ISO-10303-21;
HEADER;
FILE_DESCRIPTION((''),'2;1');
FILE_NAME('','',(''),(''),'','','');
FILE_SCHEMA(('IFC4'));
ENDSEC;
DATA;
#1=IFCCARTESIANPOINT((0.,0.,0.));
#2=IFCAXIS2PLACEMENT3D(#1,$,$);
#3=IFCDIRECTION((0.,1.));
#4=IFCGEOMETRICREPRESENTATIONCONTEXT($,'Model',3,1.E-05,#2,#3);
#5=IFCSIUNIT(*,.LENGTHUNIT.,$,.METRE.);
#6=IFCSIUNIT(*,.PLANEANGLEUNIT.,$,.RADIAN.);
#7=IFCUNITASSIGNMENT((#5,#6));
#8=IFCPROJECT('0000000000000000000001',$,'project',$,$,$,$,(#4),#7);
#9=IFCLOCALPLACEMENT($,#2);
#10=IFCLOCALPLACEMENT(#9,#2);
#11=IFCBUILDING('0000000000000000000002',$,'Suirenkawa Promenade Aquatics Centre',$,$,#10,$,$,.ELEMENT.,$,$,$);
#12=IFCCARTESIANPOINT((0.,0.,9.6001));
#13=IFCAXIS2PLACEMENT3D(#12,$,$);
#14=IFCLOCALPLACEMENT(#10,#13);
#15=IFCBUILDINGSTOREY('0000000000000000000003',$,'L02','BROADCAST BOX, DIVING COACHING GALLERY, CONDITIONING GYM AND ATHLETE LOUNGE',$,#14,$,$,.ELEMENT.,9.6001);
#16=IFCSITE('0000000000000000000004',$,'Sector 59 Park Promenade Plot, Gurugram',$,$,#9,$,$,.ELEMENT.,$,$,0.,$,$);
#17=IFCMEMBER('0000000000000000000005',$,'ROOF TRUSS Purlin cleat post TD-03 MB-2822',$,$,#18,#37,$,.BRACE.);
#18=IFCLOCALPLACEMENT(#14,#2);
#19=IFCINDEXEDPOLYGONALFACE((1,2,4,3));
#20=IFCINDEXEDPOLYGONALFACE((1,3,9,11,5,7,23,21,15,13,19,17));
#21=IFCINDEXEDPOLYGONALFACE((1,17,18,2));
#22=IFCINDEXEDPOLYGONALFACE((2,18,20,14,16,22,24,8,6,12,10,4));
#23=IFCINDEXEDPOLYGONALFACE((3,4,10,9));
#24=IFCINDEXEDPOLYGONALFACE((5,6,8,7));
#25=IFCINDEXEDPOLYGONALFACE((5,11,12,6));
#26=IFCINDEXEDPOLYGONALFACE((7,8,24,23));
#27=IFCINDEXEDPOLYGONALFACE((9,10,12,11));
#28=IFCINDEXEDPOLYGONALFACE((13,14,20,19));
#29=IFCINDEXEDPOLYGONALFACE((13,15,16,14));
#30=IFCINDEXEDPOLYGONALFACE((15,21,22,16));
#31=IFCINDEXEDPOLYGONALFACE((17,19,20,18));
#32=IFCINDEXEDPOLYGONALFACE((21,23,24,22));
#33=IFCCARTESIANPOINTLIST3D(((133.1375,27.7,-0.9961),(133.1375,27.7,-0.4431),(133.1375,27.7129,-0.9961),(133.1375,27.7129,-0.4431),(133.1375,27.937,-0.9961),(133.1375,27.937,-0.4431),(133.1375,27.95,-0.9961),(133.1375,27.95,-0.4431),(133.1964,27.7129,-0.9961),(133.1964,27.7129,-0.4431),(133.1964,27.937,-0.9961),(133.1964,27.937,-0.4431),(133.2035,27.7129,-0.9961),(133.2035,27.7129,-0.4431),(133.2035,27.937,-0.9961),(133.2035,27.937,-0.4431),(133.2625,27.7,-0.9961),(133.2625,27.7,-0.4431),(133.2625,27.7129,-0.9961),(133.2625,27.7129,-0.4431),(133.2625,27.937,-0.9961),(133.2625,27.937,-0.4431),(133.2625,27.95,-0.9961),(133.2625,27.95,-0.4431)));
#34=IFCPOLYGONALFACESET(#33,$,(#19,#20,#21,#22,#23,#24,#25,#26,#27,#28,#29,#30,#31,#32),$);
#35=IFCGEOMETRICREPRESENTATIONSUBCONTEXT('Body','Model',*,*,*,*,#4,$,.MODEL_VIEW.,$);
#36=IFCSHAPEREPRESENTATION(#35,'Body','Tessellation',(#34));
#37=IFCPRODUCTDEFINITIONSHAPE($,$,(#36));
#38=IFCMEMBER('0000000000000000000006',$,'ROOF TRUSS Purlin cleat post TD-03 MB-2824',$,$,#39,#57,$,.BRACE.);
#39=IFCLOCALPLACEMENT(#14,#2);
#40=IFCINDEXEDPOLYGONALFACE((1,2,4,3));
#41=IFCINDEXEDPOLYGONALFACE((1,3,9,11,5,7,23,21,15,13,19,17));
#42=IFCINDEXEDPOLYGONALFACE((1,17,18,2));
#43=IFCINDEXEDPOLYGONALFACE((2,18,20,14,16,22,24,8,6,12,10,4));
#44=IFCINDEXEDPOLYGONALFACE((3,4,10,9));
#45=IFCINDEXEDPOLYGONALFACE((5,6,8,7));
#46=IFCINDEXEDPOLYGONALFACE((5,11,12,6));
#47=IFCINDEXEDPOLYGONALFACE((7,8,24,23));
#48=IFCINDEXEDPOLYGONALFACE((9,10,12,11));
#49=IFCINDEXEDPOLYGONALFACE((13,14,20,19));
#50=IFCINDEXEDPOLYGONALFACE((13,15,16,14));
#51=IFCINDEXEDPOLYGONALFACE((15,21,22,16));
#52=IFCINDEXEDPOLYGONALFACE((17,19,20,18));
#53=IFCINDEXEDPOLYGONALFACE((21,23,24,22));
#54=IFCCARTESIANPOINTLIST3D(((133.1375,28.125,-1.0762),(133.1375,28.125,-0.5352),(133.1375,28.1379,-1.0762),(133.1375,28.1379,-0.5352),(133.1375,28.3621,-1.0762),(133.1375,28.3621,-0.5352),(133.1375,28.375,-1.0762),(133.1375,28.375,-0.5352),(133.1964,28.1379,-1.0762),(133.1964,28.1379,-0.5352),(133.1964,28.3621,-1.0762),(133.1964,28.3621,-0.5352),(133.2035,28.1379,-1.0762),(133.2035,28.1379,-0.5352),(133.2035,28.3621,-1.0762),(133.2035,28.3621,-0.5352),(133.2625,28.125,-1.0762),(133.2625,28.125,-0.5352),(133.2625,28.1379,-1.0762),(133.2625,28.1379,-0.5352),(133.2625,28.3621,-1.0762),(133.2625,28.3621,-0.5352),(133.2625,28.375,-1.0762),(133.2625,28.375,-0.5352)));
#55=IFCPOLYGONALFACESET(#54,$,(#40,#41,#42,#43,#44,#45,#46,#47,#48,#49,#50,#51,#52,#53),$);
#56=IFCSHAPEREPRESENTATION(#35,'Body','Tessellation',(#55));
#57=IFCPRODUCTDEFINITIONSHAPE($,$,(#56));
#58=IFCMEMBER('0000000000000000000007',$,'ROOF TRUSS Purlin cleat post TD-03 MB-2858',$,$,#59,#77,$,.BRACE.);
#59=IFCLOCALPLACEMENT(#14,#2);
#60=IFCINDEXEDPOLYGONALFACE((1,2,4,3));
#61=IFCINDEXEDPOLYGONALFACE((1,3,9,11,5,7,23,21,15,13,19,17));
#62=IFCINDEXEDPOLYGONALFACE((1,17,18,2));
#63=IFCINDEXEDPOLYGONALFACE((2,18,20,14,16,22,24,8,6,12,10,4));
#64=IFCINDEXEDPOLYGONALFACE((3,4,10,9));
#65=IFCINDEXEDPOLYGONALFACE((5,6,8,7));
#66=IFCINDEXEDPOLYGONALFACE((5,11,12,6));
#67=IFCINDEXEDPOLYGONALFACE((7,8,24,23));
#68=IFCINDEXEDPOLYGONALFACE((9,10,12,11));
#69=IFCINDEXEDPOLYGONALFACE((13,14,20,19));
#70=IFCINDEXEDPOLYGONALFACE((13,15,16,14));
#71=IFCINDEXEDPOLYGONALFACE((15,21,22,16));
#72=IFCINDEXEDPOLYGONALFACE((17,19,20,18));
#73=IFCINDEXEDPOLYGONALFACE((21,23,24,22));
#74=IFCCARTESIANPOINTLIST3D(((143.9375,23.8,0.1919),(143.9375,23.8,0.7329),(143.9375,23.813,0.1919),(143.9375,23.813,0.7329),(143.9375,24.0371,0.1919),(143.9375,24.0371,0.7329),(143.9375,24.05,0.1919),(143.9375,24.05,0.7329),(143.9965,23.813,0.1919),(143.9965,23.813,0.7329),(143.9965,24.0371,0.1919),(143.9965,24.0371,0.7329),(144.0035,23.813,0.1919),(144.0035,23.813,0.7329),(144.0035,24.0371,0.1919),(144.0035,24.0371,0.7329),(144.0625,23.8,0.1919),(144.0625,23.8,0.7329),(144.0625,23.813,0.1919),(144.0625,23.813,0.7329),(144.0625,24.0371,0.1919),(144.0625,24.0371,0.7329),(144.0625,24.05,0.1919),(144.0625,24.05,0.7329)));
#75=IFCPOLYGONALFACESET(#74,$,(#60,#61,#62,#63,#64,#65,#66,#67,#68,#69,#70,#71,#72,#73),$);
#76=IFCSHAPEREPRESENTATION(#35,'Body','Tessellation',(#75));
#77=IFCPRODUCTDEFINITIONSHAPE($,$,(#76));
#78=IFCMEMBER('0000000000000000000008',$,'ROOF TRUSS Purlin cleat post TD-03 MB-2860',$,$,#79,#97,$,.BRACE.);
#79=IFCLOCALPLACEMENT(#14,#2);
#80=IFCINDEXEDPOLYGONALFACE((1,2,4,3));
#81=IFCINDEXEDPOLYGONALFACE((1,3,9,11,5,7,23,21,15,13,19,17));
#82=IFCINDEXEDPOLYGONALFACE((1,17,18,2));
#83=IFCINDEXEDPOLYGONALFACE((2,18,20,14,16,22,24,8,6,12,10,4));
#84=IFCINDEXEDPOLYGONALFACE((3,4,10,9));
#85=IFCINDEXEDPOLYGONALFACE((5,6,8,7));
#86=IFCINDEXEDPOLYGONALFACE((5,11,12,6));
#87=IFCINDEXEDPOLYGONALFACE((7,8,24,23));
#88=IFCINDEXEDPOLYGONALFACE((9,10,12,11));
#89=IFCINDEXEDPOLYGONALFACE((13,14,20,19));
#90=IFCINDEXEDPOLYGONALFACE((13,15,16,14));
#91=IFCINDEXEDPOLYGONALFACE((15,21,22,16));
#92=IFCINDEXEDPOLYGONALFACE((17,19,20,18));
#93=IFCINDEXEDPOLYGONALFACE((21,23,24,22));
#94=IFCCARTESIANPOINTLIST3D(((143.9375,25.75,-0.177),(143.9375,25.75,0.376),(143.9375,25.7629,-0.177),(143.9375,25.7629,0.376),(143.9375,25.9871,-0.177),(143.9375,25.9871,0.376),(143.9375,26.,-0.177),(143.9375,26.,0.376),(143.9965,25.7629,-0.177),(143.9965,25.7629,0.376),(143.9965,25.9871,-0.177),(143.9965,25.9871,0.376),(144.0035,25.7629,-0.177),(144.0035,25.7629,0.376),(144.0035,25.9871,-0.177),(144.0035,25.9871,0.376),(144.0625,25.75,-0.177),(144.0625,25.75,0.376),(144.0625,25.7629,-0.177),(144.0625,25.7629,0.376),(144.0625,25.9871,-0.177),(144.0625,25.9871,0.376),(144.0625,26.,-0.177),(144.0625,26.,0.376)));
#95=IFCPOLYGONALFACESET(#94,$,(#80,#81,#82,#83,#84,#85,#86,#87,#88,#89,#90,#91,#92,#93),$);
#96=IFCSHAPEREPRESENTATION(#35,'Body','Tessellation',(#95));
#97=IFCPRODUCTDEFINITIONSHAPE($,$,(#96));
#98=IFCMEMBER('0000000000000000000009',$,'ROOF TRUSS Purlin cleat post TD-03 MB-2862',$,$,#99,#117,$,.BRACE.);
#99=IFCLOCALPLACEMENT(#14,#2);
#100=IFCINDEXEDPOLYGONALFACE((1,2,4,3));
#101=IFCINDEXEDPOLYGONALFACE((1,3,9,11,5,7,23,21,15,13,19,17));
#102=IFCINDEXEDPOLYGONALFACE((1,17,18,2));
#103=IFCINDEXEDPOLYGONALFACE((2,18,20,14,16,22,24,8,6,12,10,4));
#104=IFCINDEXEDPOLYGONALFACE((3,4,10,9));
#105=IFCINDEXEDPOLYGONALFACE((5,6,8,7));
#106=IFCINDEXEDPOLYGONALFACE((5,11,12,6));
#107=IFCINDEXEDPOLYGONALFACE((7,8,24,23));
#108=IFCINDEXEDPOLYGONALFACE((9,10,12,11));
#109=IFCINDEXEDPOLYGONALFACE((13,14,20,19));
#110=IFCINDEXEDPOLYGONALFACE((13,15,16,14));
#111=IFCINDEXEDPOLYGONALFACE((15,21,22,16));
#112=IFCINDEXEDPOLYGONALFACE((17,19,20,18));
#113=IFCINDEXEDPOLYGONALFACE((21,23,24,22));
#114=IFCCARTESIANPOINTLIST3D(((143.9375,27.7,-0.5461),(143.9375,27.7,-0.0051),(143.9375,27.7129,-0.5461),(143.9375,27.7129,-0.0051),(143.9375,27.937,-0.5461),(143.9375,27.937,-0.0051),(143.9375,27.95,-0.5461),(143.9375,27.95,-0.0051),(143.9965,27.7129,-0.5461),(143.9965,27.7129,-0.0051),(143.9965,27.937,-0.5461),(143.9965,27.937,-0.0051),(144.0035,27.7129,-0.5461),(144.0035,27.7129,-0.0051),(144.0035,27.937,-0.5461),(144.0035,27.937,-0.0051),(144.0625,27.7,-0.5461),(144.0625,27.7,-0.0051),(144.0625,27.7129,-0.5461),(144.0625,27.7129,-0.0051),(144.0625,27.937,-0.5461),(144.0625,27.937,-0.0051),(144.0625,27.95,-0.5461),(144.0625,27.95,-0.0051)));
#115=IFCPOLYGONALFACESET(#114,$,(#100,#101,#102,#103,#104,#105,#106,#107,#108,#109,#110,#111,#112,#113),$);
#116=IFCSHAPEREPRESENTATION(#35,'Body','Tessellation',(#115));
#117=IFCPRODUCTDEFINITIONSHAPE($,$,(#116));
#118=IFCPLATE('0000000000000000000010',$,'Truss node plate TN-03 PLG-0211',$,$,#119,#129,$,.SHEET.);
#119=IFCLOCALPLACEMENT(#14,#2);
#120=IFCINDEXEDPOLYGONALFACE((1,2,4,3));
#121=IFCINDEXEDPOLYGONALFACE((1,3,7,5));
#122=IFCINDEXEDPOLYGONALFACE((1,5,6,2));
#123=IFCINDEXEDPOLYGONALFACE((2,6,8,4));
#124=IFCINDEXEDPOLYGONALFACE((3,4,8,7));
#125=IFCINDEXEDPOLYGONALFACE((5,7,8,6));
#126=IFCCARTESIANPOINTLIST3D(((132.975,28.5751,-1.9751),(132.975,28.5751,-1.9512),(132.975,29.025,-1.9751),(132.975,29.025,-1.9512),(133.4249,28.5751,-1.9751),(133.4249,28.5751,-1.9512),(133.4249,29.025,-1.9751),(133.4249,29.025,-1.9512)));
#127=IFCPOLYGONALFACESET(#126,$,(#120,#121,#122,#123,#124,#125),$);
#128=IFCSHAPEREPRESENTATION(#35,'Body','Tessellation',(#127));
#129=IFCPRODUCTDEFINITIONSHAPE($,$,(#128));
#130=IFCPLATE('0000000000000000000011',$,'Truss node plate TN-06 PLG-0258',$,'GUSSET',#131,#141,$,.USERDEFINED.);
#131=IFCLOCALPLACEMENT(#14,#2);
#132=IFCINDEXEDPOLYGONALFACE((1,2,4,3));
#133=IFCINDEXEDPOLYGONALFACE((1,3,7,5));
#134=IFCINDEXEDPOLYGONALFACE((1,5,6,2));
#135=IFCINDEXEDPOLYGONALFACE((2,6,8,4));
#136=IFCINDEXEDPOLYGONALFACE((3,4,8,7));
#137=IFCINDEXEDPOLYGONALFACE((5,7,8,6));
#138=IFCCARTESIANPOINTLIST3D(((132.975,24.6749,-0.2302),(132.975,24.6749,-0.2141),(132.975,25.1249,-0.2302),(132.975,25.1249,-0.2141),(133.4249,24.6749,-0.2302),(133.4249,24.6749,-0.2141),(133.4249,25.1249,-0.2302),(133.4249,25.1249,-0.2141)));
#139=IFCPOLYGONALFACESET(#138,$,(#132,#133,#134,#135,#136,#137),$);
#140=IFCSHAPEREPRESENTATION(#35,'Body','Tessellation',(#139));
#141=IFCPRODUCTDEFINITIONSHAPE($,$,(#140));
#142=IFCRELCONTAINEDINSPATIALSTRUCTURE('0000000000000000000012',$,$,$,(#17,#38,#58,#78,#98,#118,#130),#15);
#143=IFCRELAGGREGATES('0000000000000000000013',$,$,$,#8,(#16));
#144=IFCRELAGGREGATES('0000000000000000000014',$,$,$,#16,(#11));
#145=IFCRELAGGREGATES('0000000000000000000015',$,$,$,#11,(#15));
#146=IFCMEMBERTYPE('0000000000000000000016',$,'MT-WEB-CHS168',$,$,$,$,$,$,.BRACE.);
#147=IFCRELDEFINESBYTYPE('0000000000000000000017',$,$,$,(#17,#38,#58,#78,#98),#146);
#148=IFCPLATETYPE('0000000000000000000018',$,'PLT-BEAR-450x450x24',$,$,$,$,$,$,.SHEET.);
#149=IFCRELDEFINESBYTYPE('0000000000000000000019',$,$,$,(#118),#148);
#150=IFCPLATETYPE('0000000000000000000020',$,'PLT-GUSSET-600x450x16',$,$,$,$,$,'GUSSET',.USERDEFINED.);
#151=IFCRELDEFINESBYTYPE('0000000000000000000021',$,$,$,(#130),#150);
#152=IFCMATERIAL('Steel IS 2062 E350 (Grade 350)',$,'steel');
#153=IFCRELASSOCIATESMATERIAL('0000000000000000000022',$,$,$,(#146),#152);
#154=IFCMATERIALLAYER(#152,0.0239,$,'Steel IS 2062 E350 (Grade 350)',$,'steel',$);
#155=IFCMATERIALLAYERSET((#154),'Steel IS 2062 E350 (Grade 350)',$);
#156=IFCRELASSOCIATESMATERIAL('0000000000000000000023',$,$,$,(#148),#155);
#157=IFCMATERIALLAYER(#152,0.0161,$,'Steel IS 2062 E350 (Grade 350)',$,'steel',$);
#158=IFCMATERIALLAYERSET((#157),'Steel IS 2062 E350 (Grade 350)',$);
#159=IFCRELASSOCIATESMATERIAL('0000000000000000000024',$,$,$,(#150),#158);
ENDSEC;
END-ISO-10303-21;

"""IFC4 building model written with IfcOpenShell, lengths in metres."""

from ifc_helpers import new_model, si_unit, direction, frame, origin, origin_2d, place, context, subcontext, project, spatial, rectangle, i_section, extrude, material, layer, layer_set, material_profile, profile_set, type_object, element, save


model = new_model("IFC4")

# Units and contexts
model_context = context("Model", 3, precision=1e-05, world=origin(), true_north=direction((0.0, 1.0)))
body_context = subcontext(model_context, "Body", "Model", "MODEL_VIEW")
ifc_project = project(units=[si_unit("LENGTHUNIT", "METRE"), si_unit("PLANEANGLEUNIT", "RADIAN")], contexts=[model_context])

# Site, building, storey
site_placement = place(None, origin())
site = spatial("IfcSite", under=ifc_project, at=site_placement, Name="Sector 59 Park Promenade Plot, Gurugram", CompositionType="ELEMENT", RefElevation=0.0)
building_placement = place(site_placement, origin())
building = spatial("IfcBuilding", under=site, at=building_placement, Name="Suirenkawa Promenade Aquatics Centre", CompositionType="ELEMENT")
storey_placement = place(building_placement, frame((0.0, 0.0, 9.6001)))
storey = spatial("IfcBuildingStorey", under=building, at=storey_placement, Name="L02", Description="BROADCAST BOX, DIVING COACHING GALLERY, CONDITIONING GYM AND ATHLETE LOUNGE", CompositionType="ELEMENT", Elevation=9.6001)

# Shared definitions
ifc_material = material(Name="Steel IS 2062 E350 (Grade 350)", Category="steel")

# Members
ifc_material_profile_1 = material_profile(ifc_material, i_section(OverallWidth=0.125, OverallDepth=0.25, WebThickness=0.0071, FlangeThickness=0.0129, at=origin_2d()), Name="ISMB 250", Category="steel")
ifc_profile_set_1 = profile_set([ifc_material_profile_1], Name="Steel IS 2062 E350 (Grade 350)")
member_type_1 = type_object("IfcMemberType", Name="MT-WEB-CHS168", PredefinedType="BRACE", material=ifc_profile_set_1)
member_1_placement = place(storey_placement, frame((133.2, 27.825, -0.9961), z_axis=(0.0, 0.0, 1.0), x_axis=(1.0, 0.0, 0.0)))
element("IfcMember", 1, at=member_1_placement, inside=storey, type_object=member_type_1, Name="ROOF TRUSS Purlin cleat post TD-03 MB-2822", PredefinedType="BRACE", context=body_context, shape_type="SweptSolid", body=[
    extrude(i_section(OverallWidth=0.125, OverallDepth=0.25, WebThickness=0.0071, FlangeThickness=0.0129, at=origin_2d()), origin(), (0.0, 0.0, 1.0), 0.553),
])
for number, where, z_axis, x_axis, name in (
    (2, (133.2, 28.25, -1.0762), (0.0, 0.0, 1.0), (1.0, 0.0, 0.0), "ROOF TRUSS Purlin cleat post TD-03 MB-2824"),
    (3, (144.0, 23.925, 0.1919), (0.0, 0.0, 1.0), (1.0, 0.0, 0.0), "ROOF TRUSS Purlin cleat post TD-03 MB-2858"),
):
    element("IfcMember", number, at=place(storey_placement, frame(where, z_axis=z_axis, x_axis=x_axis)), inside=storey, type_object=member_type_1, Name=name, PredefinedType="BRACE", context=body_context, shape_type="SweptSolid", body=[
        extrude(i_section(OverallWidth=0.125, OverallDepth=0.25, WebThickness=0.0071, FlangeThickness=0.0129, at=origin_2d()), origin(), (0.0, 0.0, 1.0), 0.541),
    ])
member_2_placement = place(storey_placement, frame((144.0, 25.875, -0.177), z_axis=(0.0, 0.0, 1.0), x_axis=(1.0, 0.0, 0.0)))
element("IfcMember", 4, at=member_2_placement, inside=storey, type_object=member_type_1, Name="ROOF TRUSS Purlin cleat post TD-03 MB-2860", PredefinedType="BRACE", context=body_context, shape_type="SweptSolid", body=[
    extrude(i_section(OverallWidth=0.125, OverallDepth=0.25, WebThickness=0.0071, FlangeThickness=0.0129, at=origin_2d()), origin(), (0.0, 0.0, 1.0), 0.553),
])
member_3_placement = place(storey_placement, frame((144.0, 27.825, -0.5461), z_axis=(0.0, 0.0, 1.0), x_axis=(1.0, 0.0, 0.0)))
element("IfcMember", 5, at=member_3_placement, inside=storey, type_object=member_type_1, Name="ROOF TRUSS Purlin cleat post TD-03 MB-2862", PredefinedType="BRACE", context=body_context, shape_type="SweptSolid", body=[
    extrude(i_section(OverallWidth=0.125, OverallDepth=0.25, WebThickness=0.0071, FlangeThickness=0.0129, at=origin_2d()), origin(), (0.0, 0.0, 1.0), 0.541),
])

# Plates
ifc_layer_1 = layer(ifc_material, 0.0239, Name="Steel IS 2062 E350 (Grade 350)", Category="steel")
ifc_layer_set_1 = layer_set([ifc_layer_1], Name="Steel IS 2062 E350 (Grade 350)")
plate_type_1 = type_object("IfcPlateType", Name="PLT-BEAR-450x450x24", PredefinedType="SHEET", material=ifc_layer_set_1)
plate_1_placement = place(storey_placement, frame((133.2, 28.8, -1.9751), z_axis=(0.0, 0.0, 1.0), x_axis=(1.0, 0.0, 0.0)))
element("IfcPlate", 6, at=plate_1_placement, inside=storey, type_object=plate_type_1, Name="Truss node plate TN-03 PLG-0211", PredefinedType="SHEET", context=body_context, shape_type="SweptSolid", body=[
    extrude(rectangle(XDim=0.45, YDim=0.45, at=origin_2d()), origin(), (0.0, 0.0, 1.0), 0.0239),
])
ifc_layer_2 = layer(ifc_material, 0.0161, Name="Steel IS 2062 E350 (Grade 350)", Category="steel")
ifc_layer_set_2 = layer_set([ifc_layer_2], Name="Steel IS 2062 E350 (Grade 350)")
plate_type_2 = type_object("IfcPlateType", Name="PLT-GUSSET-600x450x16", ElementType="GUSSET", PredefinedType="USERDEFINED", material=ifc_layer_set_2)
plate_2_placement = place(storey_placement, frame((133.2, 24.8999, -0.2302), z_axis=(0.0, 0.0, 1.0), x_axis=(1.0, 0.0, 0.0)))
element("IfcPlate", 7, at=plate_2_placement, inside=storey, type_object=plate_type_2, Name="Truss node plate TN-06 PLG-0258", ObjectType="GUSSET", PredefinedType="USERDEFINED", context=body_context, shape_type="SweptSolid", body=[
    extrude(rectangle(XDim=0.45, YDim=0.45, at=origin_2d()), origin(), (0.0, 0.0, 1.0), 0.0161),
])

save(model, "model.ifc")
